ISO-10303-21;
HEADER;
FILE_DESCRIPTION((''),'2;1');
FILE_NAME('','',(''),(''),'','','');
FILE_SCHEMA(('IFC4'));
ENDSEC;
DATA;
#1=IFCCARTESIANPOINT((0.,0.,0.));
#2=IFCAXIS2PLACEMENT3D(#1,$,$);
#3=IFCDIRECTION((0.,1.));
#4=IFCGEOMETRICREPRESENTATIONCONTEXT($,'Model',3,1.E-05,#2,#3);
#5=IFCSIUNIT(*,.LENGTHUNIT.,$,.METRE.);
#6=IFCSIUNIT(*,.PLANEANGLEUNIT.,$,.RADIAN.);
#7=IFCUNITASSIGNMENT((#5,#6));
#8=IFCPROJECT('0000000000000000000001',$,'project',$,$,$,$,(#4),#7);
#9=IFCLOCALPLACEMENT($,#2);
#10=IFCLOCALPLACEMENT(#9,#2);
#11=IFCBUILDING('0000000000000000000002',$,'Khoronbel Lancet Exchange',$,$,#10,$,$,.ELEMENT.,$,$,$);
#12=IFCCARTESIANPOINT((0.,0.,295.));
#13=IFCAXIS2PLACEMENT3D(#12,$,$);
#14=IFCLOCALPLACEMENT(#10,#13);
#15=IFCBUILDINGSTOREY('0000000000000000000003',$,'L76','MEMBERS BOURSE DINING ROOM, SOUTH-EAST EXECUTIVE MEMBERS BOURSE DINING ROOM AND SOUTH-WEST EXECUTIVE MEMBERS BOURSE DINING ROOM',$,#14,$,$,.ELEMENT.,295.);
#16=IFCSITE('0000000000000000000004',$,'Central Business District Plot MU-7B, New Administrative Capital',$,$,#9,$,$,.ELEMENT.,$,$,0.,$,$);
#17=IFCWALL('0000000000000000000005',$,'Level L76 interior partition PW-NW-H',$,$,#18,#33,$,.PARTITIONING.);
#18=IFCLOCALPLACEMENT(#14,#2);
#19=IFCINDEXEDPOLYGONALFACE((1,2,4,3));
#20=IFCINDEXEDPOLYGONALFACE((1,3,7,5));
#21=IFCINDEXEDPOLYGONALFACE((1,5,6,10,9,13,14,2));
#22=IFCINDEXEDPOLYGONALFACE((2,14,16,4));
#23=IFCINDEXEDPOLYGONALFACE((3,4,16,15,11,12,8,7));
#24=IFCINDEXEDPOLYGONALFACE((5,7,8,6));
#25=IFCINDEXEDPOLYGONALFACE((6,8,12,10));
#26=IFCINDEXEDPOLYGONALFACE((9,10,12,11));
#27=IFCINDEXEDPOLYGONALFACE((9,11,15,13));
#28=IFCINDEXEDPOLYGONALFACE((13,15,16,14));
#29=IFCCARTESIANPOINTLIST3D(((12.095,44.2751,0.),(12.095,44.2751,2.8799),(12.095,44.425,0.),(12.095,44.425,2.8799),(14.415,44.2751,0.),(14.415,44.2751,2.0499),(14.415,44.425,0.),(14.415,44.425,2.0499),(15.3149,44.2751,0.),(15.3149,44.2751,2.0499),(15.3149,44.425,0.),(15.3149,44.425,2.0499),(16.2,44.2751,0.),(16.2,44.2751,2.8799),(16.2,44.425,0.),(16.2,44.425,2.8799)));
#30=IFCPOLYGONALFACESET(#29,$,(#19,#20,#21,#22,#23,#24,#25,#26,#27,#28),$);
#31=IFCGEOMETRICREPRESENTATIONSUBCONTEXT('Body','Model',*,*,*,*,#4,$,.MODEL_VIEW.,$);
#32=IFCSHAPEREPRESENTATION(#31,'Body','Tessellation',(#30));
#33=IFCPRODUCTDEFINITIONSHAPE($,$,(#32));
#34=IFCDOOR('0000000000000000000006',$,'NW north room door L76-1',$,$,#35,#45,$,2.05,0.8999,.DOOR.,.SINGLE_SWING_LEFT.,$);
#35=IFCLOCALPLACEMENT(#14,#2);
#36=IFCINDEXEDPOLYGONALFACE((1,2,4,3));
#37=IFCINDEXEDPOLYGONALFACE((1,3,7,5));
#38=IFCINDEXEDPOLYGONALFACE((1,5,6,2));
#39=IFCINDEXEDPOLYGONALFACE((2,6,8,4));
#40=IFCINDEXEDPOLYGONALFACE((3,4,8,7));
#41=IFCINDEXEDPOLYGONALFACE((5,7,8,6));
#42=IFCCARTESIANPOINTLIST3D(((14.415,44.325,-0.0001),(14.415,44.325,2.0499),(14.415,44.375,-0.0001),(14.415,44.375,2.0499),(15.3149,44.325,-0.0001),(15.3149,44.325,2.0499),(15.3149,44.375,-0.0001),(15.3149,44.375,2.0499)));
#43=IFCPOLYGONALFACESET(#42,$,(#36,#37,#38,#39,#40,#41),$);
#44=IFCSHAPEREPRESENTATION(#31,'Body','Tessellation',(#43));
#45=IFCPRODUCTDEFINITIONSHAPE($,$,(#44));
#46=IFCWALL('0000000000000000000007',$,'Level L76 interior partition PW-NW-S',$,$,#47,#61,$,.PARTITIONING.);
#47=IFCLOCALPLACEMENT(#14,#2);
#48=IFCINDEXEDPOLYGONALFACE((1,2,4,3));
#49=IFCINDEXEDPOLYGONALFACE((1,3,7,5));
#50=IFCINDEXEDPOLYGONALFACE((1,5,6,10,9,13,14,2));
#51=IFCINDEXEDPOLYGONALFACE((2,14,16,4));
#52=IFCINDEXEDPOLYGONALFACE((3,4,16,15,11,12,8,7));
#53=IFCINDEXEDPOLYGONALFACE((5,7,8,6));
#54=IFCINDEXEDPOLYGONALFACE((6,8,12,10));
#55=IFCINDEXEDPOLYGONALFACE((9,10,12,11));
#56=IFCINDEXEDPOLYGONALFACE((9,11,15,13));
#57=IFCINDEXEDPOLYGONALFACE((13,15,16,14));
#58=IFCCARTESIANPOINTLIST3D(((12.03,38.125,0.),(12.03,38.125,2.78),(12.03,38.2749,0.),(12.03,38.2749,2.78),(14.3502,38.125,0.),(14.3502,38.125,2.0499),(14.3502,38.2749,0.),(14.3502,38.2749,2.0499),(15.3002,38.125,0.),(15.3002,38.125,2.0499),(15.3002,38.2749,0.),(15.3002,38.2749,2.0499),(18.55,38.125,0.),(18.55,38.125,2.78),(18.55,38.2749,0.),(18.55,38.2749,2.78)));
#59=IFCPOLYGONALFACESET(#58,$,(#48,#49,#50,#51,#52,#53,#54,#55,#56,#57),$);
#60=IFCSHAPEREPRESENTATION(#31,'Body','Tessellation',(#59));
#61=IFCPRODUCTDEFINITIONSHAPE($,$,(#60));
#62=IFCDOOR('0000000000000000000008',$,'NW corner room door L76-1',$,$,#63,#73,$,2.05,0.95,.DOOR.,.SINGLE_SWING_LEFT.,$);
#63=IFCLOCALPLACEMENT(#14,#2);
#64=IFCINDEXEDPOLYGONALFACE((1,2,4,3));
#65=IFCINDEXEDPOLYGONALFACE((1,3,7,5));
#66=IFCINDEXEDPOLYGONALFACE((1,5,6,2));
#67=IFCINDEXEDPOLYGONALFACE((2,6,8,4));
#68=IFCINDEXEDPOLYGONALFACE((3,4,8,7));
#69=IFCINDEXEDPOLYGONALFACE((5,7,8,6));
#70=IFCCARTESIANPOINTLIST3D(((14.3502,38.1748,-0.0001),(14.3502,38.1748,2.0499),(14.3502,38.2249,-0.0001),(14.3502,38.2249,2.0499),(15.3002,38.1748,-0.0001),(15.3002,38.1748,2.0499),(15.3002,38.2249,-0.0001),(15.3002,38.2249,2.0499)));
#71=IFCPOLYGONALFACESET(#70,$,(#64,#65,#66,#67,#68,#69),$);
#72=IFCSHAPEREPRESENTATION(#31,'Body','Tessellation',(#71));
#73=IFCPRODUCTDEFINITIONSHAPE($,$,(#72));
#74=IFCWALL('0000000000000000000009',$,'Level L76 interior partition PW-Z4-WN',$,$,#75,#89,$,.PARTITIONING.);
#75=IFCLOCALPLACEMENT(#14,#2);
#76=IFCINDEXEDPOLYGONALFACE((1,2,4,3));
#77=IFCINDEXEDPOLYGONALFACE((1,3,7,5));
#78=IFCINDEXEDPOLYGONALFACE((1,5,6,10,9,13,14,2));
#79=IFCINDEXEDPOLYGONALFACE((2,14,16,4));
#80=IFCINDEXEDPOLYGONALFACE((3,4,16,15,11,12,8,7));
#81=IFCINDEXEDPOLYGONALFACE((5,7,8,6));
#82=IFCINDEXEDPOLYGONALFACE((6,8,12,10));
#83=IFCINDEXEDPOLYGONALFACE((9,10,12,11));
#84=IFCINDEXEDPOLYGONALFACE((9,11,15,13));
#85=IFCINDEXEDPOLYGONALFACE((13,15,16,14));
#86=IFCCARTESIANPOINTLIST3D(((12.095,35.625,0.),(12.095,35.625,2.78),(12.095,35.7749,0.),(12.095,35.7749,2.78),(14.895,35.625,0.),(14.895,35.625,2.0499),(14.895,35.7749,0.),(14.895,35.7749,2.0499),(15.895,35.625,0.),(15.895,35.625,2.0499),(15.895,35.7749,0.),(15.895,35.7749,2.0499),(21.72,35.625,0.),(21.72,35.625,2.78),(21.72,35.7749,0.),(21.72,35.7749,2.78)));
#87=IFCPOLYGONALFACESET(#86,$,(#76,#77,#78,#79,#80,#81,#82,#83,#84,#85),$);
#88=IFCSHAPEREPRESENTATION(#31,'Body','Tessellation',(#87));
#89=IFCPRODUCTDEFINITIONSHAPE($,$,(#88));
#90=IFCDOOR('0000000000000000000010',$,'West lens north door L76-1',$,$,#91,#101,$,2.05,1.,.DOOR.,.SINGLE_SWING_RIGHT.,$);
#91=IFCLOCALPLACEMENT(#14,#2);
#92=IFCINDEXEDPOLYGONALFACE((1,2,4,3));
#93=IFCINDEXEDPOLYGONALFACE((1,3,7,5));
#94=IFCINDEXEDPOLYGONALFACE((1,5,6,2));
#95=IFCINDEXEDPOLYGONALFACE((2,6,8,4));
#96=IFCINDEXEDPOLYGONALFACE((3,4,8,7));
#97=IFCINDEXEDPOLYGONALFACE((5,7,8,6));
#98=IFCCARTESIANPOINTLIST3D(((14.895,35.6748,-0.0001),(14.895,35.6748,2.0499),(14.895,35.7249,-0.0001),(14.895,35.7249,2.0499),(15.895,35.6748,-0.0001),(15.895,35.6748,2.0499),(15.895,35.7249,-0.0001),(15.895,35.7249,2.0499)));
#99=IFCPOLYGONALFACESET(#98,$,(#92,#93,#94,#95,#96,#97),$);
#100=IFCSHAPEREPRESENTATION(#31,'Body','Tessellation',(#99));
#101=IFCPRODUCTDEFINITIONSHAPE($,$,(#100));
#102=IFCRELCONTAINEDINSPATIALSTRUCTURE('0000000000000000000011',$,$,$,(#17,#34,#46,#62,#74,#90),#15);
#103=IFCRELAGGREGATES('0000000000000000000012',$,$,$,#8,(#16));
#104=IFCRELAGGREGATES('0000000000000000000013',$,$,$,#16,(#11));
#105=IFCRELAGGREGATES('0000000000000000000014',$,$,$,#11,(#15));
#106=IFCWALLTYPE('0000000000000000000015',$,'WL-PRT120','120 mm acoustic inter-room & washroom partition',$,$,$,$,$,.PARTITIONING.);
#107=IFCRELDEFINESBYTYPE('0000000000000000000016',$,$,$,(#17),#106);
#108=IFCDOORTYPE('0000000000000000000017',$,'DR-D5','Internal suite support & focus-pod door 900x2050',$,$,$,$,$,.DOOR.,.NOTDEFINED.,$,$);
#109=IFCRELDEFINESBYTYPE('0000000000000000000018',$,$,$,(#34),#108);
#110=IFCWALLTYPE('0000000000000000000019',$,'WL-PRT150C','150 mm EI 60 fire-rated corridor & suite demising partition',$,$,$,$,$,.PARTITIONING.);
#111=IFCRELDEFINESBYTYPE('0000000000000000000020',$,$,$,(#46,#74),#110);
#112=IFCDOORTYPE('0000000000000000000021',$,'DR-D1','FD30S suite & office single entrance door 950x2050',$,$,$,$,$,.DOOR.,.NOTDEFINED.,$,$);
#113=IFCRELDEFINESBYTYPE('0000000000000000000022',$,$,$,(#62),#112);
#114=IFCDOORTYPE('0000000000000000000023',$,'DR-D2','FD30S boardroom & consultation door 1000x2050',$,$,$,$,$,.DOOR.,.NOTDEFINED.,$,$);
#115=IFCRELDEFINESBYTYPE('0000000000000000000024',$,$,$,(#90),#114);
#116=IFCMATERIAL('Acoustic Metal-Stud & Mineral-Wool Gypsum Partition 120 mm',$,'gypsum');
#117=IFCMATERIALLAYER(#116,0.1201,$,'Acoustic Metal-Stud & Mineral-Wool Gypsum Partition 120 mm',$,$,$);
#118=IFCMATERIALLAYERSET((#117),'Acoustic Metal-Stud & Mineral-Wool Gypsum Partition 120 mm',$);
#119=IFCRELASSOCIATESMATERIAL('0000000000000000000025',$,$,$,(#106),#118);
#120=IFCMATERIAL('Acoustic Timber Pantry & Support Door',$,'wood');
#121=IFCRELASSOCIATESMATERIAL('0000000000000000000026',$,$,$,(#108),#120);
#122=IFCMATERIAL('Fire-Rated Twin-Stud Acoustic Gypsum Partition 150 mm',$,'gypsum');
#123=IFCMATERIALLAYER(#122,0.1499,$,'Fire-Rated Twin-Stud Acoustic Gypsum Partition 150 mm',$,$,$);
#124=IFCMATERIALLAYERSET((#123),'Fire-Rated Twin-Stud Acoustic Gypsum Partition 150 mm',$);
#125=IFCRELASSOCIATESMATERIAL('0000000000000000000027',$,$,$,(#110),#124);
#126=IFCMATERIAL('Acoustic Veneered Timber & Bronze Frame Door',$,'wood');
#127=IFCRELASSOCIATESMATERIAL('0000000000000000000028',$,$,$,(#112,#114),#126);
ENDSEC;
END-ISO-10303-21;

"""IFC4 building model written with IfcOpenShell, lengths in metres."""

from ifc_helpers import new_model, si_unit, direction, frame, frame_2d, origin, place, context, subcontext, project, spatial, rectangle, extrude, material, layer, layer_set, type_object, element, fill, save


model = new_model("IFC4")

# Units and contexts
model_context = context("Model", 3, precision=1e-05, world=origin(), true_north=direction((0.0, 1.0)))
body_context = subcontext(model_context, "Body", "Model", "MODEL_VIEW")
ifc_project = project(units=[si_unit("LENGTHUNIT", "METRE"), si_unit("PLANEANGLEUNIT", "RADIAN")], contexts=[model_context])

# Site, building, storey
site_placement = place(None, origin())
site = spatial("IfcSite", under=ifc_project, at=site_placement, Name="Central Business District Plot MU-7B, New Administrative Capital", CompositionType="ELEMENT", RefElevation=0.0)
building_placement = place(site_placement, origin())
building = spatial("IfcBuilding", under=site, at=building_placement, Name="Khoronbel Lancet Exchange", CompositionType="ELEMENT")
storey_placement = place(building_placement, frame((0.0, 0.0, 295.0)))
storey = spatial("IfcBuildingStorey", under=building, at=storey_placement, Name="L76", Description="MEMBERS BOURSE DINING ROOM, SOUTH-EAST EXECUTIVE MEMBERS BOURSE DINING ROOM AND SOUTH-WEST EXECUTIVE MEMBERS BOURSE DINING ROOM", CompositionType="ELEMENT", Elevation=295.0)

# Walls, openings, doors
ifc_material_1 = material(Name="Acoustic Metal-Stud & Mineral-Wool Gypsum Partition 120 mm", Category="gypsum")
ifc_layer_1 = layer(ifc_material_1, 0.1201, Name="Acoustic Metal-Stud & Mineral-Wool Gypsum Partition 120 mm")
ifc_layer_set_1 = layer_set([ifc_layer_1], Name="Acoustic Metal-Stud & Mineral-Wool Gypsum Partition 120 mm")
wall_type_1 = type_object("IfcWallType", Name="WL-PRT120", Description="120 mm acoustic inter-room & washroom partition", PredefinedType="PARTITIONING", material=ifc_layer_set_1)
wall_1_placement = place(storey_placement, frame((12.095, 44.3501, 0.0), z_axis=(0.0, 0.0, 1.0), x_axis=(1.0, 0.0, 0.0)))
wall_1 = element("IfcWall", 1, at=wall_1_placement, inside=storey, type_object=wall_type_1, Name="Level L76 interior partition PW-NW-H", PredefinedType="PARTITIONING", context=body_context, shape_type="SweptSolid", body=[
    extrude(rectangle(XDim=4.105, YDim=0.1499, at=frame_2d((2.0525, 0.0))), origin(), (0.0, 0.0, 1.0), 2.8799),
])
opening_1_placement = place(wall_1_placement, frame((2.3201, 0.0, 0.0)))
opening_1 = element("IfcOpeningElement", 2, at=opening_1_placement, cuts=wall_1, PredefinedType="OPENING", context=body_context, shape_type="SweptSolid", body=[
    extrude(rectangle(XDim=0.8999, YDim=2.05, at=frame_2d((0.45, 1.0249))), frame((0.0, 0.085, 0.0), z_axis=(0.0, -1.0, 0.0), x_axis=(1.0, 0.0, 0.0)), (0.0, 0.0, 1.0), 0.1699),
])
ifc_material_2 = material(Name="Acoustic Timber Pantry & Support Door", Category="wood")
door_type_1 = type_object("IfcDoorType", Name="DR-D5", Description="Internal suite support & focus-pod door 900x2050", OperationType="NOTDEFINED", PredefinedType="DOOR", material=ifc_material_2)
door_1_placement = place(opening_1_placement, origin())
door_1 = element("IfcDoor", 3, at=door_1_placement, inside=storey, type_object=door_type_1, Name="NW north room door L76-1", OperationType="SINGLE_SWING_LEFT", OverallHeight=2.05, OverallWidth=0.8999, PredefinedType="DOOR", context=body_context, shape_type="SweptSolid", body=[
    extrude(rectangle(XDim=0.8999, YDim=2.05, at=frame_2d((0.45, 1.0249))), frame((0.0, 0.0249, 0.0), z_axis=(0.0, -1.0, 0.0), x_axis=(1.0, 0.0, 0.0)), (0.0, 0.0, 1.0), 0.05),
])
fill(opening_1, door_1)
ifc_material_3 = material(Name="Fire-Rated Twin-Stud Acoustic Gypsum Partition 150 mm", Category="gypsum")
ifc_layer_2 = layer(ifc_material_3, 0.1499, Name="Fire-Rated Twin-Stud Acoustic Gypsum Partition 150 mm")
ifc_layer_set_2 = layer_set([ifc_layer_2], Name="Fire-Rated Twin-Stud Acoustic Gypsum Partition 150 mm")
wall_type_2 = type_object("IfcWallType", Name="WL-PRT150C", Description="150 mm EI 60 fire-rated corridor & suite demising partition", PredefinedType="PARTITIONING", material=ifc_layer_set_2)
wall_2_placement = place(storey_placement, frame((12.03, 38.2, 0.0), z_axis=(0.0, 0.0, 1.0), x_axis=(1.0, 0.0, 0.0)))
wall_2 = element("IfcWall", 4, at=wall_2_placement, inside=storey, type_object=wall_type_2, Name="Level L76 interior partition PW-NW-S", PredefinedType="PARTITIONING", context=body_context, shape_type="SweptSolid", body=[
    extrude(rectangle(XDim=6.52, YDim=0.1499, at=frame_2d((3.26, 0.0))), origin(), (0.0, 0.0, 1.0), 2.78),
])
opening_2_placement = place(wall_2_placement, frame((2.3201, 0.0, 0.0)))
opening_2 = element("IfcOpeningElement", 5, at=opening_2_placement, cuts=wall_2, PredefinedType="OPENING", context=body_context, shape_type="SweptSolid", body=[
    extrude(rectangle(XDim=0.95, YDim=2.05, at=frame_2d((0.4751, 1.0249))), frame((0.0, 0.085, 0.0), z_axis=(0.0, -1.0, 0.0), x_axis=(1.0, 0.0, 0.0)), (0.0, 0.0, 1.0), 0.1699),
])
ifc_material_4 = material(Name="Acoustic Veneered Timber & Bronze Frame Door", Category="wood")
door_type_2 = type_object("IfcDoorType", Name="DR-D1", Description="FD30S suite & office single entrance door 950x2050", OperationType="NOTDEFINED", PredefinedType="DOOR", material=ifc_material_4)
door_2_placement = place(opening_2_placement, origin())
door_2 = element("IfcDoor", 6, at=door_2_placement, inside=storey, type_object=door_type_2, Name="NW corner room door L76-1", OperationType="SINGLE_SWING_LEFT", OverallHeight=2.05, OverallWidth=0.95, PredefinedType="DOOR", context=body_context, shape_type="SweptSolid", body=[
    extrude(rectangle(XDim=0.95, YDim=2.05, at=frame_2d((0.4751, 1.0249))), frame((0.0, 0.0249, 0.0), z_axis=(0.0, -1.0, 0.0), x_axis=(1.0, 0.0, 0.0)), (0.0, 0.0, 1.0), 0.05),
])
fill(opening_2, door_2)
wall_3_placement = place(storey_placement, frame((12.095, 35.7, 0.0), z_axis=(0.0, 0.0, 1.0), x_axis=(1.0, 0.0, 0.0)))
wall_3 = element("IfcWall", 7, at=wall_3_placement, inside=storey, type_object=wall_type_2, Name="Level L76 interior partition PW-Z4-WN", PredefinedType="PARTITIONING", context=body_context, shape_type="SweptSolid", body=[
    extrude(rectangle(XDim=9.625, YDim=0.1499, at=frame_2d((4.8125, 0.0))), origin(), (0.0, 0.0, 1.0), 2.78),
])
opening_3_placement = place(wall_3_placement, frame((2.8, 0.0, 0.0)))
opening_3 = element("IfcOpeningElement", 8, at=opening_3_placement, cuts=wall_3, PredefinedType="OPENING", context=body_context, shape_type="SweptSolid", body=[
    extrude(rectangle(XDim=1.0, YDim=2.05, at=frame_2d((0.5, 1.0249))), frame((0.0, 0.085, 0.0), z_axis=(0.0, -1.0, 0.0), x_axis=(1.0, 0.0, 0.0)), (0.0, 0.0, 1.0), 0.1699),
])
door_type_3 = type_object("IfcDoorType", Name="DR-D2", Description="FD30S boardroom & consultation door 1000x2050", OperationType="NOTDEFINED", PredefinedType="DOOR", material=ifc_material_4)
door_3_placement = place(opening_3_placement, origin())
door_3 = element("IfcDoor", 9, at=door_3_placement, inside=storey, type_object=door_type_3, Name="West lens north door L76-1", OperationType="SINGLE_SWING_RIGHT", OverallHeight=2.05, OverallWidth=1.0, PredefinedType="DOOR", context=body_context, shape_type="SweptSolid", body=[
    extrude(rectangle(XDim=1.0, YDim=2.05, at=frame_2d((0.5, 1.0249))), frame((0.0, 0.0249, 0.0), z_axis=(0.0, -1.0, 0.0), x_axis=(1.0, 0.0, 0.0)), (0.0, 0.0, 1.0), 0.05),
])
fill(opening_3, door_3)

save(model, "model.ifc")
